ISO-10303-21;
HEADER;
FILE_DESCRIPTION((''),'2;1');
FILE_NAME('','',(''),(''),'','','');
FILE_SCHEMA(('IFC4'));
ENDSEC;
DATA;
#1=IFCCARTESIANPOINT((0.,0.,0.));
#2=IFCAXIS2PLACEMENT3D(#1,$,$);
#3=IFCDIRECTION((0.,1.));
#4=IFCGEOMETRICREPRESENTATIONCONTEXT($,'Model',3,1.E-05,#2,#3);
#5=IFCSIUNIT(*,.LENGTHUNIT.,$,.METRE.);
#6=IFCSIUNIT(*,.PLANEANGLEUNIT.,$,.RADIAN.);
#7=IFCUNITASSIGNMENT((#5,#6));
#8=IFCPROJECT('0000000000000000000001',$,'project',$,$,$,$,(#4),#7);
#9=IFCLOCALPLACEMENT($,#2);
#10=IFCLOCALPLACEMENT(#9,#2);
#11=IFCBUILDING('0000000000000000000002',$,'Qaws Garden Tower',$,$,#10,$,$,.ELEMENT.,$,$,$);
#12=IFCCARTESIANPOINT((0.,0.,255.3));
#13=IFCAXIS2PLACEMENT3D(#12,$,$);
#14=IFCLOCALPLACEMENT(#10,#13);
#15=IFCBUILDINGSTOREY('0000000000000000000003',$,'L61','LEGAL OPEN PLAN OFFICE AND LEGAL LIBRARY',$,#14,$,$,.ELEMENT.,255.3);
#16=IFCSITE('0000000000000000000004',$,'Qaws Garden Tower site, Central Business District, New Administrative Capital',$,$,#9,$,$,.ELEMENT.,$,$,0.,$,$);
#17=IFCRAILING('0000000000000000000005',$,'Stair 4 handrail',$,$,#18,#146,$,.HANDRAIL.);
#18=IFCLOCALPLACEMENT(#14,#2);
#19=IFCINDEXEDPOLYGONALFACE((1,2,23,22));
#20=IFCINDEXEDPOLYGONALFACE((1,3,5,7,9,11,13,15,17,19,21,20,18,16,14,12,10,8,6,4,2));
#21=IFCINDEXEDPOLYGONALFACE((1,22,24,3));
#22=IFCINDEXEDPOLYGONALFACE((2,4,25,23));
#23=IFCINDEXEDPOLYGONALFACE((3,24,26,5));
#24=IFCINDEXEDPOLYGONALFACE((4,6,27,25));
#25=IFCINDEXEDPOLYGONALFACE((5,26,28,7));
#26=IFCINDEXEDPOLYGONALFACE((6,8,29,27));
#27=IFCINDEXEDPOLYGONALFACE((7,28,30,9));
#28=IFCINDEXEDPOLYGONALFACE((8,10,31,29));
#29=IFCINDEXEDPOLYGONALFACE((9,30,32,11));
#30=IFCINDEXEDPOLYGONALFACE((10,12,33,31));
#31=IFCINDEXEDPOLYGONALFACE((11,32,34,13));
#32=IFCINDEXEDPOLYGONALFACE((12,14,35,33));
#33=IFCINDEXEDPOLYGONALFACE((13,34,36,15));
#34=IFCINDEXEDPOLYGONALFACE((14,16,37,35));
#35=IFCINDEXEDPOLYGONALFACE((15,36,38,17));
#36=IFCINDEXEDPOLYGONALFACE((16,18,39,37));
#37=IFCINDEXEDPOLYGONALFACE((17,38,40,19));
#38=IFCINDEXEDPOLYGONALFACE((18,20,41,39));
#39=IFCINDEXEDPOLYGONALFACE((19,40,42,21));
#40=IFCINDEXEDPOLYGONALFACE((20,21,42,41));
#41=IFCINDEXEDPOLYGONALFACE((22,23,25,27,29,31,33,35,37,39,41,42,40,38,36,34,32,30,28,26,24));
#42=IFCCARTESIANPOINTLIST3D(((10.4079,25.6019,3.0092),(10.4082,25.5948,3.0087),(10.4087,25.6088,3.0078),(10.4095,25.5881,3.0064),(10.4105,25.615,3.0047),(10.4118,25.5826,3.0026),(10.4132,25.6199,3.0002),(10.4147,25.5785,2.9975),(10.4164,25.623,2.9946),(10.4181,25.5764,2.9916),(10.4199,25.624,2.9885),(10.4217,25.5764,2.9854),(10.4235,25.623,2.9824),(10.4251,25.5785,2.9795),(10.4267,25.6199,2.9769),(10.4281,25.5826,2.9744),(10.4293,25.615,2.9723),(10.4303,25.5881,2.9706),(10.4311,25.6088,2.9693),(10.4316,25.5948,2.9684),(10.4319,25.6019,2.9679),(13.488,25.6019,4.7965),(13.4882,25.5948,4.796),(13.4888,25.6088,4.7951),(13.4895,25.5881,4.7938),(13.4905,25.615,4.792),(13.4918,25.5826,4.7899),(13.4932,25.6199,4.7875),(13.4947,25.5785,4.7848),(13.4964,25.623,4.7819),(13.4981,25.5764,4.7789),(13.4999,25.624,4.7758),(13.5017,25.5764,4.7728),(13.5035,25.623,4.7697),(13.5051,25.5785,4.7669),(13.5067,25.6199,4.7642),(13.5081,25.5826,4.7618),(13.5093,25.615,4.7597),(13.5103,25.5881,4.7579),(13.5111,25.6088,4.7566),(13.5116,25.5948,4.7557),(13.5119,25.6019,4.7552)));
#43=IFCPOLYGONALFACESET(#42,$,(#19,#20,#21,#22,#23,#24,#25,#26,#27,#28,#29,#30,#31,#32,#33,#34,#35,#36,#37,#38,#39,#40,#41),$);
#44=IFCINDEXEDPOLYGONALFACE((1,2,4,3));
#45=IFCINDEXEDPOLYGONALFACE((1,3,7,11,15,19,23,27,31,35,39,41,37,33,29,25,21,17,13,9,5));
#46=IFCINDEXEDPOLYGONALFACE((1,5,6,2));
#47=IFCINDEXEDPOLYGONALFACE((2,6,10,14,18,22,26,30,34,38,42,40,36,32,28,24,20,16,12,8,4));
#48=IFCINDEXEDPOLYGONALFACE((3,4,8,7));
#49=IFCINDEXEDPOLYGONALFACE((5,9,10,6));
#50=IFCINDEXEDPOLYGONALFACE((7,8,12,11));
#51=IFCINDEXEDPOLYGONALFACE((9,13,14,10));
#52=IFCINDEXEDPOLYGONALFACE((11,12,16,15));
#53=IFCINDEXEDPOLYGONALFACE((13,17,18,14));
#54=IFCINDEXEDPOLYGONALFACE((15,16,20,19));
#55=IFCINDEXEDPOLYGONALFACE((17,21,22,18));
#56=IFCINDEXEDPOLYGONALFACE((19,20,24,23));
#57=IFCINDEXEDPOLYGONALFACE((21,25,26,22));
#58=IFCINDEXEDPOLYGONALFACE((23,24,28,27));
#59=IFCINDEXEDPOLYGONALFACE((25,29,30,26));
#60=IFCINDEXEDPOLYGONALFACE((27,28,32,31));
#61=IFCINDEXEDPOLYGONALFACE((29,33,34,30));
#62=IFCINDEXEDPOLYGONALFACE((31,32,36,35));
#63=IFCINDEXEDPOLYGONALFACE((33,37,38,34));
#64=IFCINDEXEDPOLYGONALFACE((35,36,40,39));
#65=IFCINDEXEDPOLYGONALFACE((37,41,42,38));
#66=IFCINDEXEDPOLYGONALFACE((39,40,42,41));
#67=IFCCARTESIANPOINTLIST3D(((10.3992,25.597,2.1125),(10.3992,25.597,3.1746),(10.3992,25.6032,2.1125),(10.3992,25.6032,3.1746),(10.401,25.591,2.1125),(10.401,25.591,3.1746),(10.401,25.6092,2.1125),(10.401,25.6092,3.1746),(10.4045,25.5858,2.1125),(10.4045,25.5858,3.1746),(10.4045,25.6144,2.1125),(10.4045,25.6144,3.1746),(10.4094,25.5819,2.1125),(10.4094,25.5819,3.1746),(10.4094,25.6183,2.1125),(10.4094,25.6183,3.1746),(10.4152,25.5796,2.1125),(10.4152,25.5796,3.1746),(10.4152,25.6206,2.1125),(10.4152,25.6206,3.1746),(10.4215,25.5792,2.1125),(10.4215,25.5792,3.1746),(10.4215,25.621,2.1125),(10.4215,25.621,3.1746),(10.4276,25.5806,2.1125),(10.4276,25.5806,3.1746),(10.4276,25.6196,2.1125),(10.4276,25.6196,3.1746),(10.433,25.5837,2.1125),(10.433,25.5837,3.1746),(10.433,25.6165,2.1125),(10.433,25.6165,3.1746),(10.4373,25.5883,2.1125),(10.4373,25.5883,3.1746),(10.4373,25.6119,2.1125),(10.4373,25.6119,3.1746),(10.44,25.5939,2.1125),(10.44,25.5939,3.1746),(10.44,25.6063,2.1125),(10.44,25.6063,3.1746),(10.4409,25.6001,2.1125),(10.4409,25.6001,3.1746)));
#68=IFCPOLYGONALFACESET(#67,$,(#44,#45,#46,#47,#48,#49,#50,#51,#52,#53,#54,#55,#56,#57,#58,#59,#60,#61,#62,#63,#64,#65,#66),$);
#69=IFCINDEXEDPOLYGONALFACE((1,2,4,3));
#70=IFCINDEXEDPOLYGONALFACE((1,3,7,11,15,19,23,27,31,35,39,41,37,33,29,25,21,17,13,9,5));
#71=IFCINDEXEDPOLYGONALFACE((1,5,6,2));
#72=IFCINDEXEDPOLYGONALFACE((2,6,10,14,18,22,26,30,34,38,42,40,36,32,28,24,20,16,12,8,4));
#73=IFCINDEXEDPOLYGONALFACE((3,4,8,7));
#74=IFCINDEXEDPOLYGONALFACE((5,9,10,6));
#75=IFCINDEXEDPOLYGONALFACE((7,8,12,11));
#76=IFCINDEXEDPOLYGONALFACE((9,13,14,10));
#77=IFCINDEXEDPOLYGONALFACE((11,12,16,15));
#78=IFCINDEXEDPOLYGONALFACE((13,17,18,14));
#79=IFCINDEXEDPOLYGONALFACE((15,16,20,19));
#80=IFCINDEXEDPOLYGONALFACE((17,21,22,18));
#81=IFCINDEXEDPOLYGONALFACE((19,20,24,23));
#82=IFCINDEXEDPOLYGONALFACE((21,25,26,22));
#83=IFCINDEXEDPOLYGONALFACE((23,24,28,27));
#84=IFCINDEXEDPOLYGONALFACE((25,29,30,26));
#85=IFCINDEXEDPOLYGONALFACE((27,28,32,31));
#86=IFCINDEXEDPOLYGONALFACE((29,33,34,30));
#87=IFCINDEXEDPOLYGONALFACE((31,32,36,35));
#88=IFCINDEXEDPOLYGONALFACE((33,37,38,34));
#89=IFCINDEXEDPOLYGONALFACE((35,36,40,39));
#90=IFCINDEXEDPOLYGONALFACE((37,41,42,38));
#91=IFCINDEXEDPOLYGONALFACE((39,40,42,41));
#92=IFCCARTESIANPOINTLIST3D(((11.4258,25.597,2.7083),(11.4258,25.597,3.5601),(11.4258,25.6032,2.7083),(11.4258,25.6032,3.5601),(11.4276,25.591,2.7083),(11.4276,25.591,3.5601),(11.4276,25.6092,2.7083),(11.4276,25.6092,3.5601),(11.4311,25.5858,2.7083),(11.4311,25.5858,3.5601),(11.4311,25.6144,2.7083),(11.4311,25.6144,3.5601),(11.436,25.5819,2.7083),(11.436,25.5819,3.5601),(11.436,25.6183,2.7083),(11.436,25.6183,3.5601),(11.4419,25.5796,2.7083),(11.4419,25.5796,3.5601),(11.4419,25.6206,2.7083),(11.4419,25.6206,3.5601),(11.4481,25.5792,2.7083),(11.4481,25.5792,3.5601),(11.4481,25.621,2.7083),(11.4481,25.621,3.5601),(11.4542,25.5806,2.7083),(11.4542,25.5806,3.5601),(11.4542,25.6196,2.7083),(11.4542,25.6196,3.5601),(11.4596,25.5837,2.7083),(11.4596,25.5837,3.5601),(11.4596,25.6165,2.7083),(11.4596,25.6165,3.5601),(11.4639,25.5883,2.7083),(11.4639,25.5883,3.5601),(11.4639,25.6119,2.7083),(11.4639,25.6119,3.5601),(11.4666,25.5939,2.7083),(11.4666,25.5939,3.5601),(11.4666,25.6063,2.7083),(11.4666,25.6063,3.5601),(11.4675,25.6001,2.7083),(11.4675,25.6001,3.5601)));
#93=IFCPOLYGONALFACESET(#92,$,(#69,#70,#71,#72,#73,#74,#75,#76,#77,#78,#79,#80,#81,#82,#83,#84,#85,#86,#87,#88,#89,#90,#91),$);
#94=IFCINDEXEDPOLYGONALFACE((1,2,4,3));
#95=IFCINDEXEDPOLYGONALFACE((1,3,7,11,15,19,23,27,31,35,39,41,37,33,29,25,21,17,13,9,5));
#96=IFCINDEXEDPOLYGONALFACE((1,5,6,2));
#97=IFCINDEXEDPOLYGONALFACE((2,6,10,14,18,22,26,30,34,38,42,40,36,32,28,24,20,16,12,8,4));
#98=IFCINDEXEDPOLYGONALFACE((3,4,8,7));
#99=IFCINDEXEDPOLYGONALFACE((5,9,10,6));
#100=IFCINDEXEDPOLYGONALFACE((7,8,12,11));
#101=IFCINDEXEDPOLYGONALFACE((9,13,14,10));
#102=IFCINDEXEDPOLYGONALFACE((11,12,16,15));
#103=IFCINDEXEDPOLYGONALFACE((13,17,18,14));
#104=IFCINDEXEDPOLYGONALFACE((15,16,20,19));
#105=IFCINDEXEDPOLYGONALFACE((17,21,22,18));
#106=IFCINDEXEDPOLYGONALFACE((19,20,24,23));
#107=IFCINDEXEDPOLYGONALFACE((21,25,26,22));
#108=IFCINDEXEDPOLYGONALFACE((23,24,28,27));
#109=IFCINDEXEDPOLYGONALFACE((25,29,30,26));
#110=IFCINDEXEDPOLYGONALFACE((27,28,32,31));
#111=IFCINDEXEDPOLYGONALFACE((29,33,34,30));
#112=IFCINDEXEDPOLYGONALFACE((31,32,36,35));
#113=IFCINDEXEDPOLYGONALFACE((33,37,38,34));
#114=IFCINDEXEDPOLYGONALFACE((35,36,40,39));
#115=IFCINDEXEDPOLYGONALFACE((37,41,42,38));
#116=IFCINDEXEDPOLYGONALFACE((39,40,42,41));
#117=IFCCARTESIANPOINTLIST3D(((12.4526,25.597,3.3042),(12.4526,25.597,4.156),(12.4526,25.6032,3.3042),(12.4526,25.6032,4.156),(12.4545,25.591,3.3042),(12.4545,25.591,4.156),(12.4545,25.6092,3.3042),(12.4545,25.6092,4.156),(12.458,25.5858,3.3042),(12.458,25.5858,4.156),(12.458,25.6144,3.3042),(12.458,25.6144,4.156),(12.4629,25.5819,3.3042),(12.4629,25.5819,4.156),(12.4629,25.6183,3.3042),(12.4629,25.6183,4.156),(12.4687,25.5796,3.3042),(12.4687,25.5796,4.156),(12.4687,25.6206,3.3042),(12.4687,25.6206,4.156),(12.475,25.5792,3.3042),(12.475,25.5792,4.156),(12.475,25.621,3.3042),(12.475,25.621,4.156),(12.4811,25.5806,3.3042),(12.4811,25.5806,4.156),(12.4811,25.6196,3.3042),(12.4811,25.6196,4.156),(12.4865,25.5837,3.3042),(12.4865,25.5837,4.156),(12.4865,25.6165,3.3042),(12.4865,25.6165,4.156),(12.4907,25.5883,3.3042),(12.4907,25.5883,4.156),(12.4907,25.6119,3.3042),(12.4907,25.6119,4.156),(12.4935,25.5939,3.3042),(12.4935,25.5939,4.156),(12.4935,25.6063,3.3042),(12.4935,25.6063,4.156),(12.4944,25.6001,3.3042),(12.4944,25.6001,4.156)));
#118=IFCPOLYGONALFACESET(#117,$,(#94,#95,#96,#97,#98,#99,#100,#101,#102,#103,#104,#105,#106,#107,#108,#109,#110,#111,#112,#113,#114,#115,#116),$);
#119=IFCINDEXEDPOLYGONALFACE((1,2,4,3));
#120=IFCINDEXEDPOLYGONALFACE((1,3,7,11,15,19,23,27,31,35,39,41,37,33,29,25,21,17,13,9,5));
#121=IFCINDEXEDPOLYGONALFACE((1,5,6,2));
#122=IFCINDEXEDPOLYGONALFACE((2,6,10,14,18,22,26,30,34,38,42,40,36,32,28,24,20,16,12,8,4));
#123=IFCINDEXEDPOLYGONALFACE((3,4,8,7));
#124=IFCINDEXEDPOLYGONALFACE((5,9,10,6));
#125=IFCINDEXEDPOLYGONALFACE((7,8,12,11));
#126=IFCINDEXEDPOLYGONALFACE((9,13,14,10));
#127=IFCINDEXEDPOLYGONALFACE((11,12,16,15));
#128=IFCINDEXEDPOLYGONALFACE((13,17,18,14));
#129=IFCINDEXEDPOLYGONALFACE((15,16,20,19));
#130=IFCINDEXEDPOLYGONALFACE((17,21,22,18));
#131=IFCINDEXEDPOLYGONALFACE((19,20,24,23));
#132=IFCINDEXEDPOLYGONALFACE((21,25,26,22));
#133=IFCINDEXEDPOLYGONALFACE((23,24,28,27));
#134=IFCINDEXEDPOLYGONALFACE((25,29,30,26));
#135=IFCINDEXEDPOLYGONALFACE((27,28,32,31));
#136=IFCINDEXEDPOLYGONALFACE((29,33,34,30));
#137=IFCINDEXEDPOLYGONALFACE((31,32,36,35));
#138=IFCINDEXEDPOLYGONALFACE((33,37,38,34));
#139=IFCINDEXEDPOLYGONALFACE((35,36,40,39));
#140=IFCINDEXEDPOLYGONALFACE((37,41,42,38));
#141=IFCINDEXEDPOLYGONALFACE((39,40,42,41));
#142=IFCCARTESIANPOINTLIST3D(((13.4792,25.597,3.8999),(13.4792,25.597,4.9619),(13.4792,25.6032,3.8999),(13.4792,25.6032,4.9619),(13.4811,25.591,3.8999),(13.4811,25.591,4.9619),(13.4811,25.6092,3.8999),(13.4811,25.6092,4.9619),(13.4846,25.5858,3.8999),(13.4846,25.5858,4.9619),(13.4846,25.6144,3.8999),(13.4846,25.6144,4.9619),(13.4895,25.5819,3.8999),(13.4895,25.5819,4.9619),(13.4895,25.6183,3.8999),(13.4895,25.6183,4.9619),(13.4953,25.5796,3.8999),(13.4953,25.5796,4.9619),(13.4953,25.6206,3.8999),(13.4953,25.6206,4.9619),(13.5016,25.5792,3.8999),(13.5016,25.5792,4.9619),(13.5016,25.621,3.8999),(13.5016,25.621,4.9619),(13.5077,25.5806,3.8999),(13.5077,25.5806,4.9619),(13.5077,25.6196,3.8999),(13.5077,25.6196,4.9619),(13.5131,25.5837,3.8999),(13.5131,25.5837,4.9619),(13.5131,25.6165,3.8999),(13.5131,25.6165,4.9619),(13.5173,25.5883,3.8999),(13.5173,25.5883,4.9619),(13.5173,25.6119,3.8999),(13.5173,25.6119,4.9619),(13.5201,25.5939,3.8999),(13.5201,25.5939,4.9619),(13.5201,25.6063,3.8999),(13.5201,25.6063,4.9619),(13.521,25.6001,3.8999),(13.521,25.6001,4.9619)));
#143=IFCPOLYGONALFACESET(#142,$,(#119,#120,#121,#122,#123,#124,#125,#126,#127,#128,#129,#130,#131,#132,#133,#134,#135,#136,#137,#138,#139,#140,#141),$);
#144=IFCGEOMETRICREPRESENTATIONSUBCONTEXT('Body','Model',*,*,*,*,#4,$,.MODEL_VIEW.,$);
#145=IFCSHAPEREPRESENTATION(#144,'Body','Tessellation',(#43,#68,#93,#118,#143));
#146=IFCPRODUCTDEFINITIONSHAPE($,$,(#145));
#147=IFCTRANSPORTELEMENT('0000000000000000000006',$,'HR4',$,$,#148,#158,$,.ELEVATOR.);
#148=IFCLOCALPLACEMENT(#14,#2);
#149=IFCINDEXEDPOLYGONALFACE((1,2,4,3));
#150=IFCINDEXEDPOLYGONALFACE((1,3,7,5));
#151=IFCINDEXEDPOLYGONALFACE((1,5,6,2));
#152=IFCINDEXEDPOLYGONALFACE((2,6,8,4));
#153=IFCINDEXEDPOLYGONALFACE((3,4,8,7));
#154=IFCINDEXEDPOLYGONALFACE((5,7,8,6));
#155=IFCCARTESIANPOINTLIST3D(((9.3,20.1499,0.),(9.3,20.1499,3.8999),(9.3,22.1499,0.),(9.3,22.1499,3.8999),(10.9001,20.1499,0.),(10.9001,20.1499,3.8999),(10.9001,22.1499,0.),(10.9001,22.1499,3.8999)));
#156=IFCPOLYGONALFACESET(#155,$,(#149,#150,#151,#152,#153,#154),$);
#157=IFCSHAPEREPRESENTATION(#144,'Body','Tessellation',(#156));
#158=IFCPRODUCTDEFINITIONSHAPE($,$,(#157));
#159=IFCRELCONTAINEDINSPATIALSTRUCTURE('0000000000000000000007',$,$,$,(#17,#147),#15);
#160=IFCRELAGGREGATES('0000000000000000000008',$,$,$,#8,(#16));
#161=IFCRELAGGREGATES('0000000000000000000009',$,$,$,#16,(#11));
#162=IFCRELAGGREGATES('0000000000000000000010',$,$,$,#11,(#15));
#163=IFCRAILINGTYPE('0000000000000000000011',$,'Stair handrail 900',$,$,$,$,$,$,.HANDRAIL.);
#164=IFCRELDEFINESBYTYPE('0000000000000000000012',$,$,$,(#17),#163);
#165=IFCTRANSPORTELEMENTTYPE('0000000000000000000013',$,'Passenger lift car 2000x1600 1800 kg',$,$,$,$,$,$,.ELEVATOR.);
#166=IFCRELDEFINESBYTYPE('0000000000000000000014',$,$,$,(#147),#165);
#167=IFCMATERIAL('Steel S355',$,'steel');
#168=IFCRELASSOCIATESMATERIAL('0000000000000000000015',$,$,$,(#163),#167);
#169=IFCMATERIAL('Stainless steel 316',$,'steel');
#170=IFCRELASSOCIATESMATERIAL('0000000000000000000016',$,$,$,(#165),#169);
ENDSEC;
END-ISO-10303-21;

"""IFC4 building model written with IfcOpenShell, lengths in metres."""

from ifc_helpers import new_model, si_unit, direction, frame, origin, origin_2d, place, context, subcontext, project, spatial, rectangle, circle, extrude, material, type_object, element, save


model = new_model("IFC4")

# Units and contexts
model_context = context("Model", 3, precision=1e-05, world=origin(), true_north=direction((0.0, 1.0)))
body_context = subcontext(model_context, "Body", "Model", "MODEL_VIEW")
ifc_project = project(units=[si_unit("LENGTHUNIT", "METRE"), si_unit("PLANEANGLEUNIT", "RADIAN")], contexts=[model_context])

# Site, building, storey
site_placement = place(None, origin())
site = spatial("IfcSite", under=ifc_project, at=site_placement, Name="Qaws Garden Tower site, Central Business District, New Administrative Capital", CompositionType="ELEMENT", RefElevation=0.0)
building_placement = place(site_placement, origin())
building = spatial("IfcBuilding", under=site, at=building_placement, Name="Qaws Garden Tower", CompositionType="ELEMENT")
storey_placement = place(building_placement, frame((0.0, 0.0, 255.3)))
storey = spatial("IfcBuildingStorey", under=building, at=storey_placement, Name="L61", Description="LEGAL OPEN PLAN OFFICE AND LEGAL LIBRARY", CompositionType="ELEMENT", Elevation=255.3)

# Railing
ifc_material_1 = material(Name="Steel S355", Category="steel")
railing_type = type_object("IfcRailingType", Name="Stair handrail 900", PredefinedType="HANDRAIL", material=ifc_material_1)
railing_1_placement = place(storey_placement, frame((10.4199, 25.6001, 2.1125)))
element("IfcRailing", 1, at=railing_1_placement, inside=storey, type_object=railing_type, Name="Stair 4 handrail", PredefinedType="HANDRAIL", context=body_context, shape_type="SweptSolid", body=[
    extrude(circle(Radius=0.0239, at=origin_2d()), frame((0.0, 0.0, 0.876), z_axis=(0.86492, 0.0, 0.501909), x_axis=(0.0, 1.0, 0.0)), (0.0, 0.0, 1.0), 3.561),
    extrude(circle(Radius=0.021, at=origin_2d()), origin(), (0.0, 0.0, 1.0), 1.062),
    extrude(circle(Radius=0.021, at=origin_2d()), frame((1.0266, 0.0, 0.5957)), (0.0, 0.0, 1.0), 0.8518),
    extrude(circle(Radius=0.021, at=origin_2d()), frame((2.0535, 0.0, 1.1917)), (0.0, 0.0, 1.0), 0.8518),
    extrude(circle(Radius=0.021, at=origin_2d()), frame((3.0801, 0.0, 1.7874)), (0.0, 0.0, 1.0), 1.062),
])

# Transport element
ifc_material_2 = material(Name="Stainless steel 316", Category="steel")
transport_element_type = type_object("IfcTransportElementType", Name="Passenger lift car 2000x1600 1800 kg", PredefinedType="ELEVATOR", material=ifc_material_2)
transport_element_placement = place(storey_placement, frame((10.1001, 21.1499, 0.0), z_axis=(0.0, 0.0, 1.0), x_axis=(1.0, 0.0, 0.0)))
element("IfcTransportElement", 2, at=transport_element_placement, inside=storey, type_object=transport_element_type, Name="HR4", PredefinedType="ELEVATOR", context=body_context, shape_type="SweptSolid", body=[
    extrude(rectangle(XDim=1.6001, YDim=2.0, at=origin_2d()), origin(), (0.0, 0.0, 1.0), 3.8999),
])

save(model, "model.ifc")
